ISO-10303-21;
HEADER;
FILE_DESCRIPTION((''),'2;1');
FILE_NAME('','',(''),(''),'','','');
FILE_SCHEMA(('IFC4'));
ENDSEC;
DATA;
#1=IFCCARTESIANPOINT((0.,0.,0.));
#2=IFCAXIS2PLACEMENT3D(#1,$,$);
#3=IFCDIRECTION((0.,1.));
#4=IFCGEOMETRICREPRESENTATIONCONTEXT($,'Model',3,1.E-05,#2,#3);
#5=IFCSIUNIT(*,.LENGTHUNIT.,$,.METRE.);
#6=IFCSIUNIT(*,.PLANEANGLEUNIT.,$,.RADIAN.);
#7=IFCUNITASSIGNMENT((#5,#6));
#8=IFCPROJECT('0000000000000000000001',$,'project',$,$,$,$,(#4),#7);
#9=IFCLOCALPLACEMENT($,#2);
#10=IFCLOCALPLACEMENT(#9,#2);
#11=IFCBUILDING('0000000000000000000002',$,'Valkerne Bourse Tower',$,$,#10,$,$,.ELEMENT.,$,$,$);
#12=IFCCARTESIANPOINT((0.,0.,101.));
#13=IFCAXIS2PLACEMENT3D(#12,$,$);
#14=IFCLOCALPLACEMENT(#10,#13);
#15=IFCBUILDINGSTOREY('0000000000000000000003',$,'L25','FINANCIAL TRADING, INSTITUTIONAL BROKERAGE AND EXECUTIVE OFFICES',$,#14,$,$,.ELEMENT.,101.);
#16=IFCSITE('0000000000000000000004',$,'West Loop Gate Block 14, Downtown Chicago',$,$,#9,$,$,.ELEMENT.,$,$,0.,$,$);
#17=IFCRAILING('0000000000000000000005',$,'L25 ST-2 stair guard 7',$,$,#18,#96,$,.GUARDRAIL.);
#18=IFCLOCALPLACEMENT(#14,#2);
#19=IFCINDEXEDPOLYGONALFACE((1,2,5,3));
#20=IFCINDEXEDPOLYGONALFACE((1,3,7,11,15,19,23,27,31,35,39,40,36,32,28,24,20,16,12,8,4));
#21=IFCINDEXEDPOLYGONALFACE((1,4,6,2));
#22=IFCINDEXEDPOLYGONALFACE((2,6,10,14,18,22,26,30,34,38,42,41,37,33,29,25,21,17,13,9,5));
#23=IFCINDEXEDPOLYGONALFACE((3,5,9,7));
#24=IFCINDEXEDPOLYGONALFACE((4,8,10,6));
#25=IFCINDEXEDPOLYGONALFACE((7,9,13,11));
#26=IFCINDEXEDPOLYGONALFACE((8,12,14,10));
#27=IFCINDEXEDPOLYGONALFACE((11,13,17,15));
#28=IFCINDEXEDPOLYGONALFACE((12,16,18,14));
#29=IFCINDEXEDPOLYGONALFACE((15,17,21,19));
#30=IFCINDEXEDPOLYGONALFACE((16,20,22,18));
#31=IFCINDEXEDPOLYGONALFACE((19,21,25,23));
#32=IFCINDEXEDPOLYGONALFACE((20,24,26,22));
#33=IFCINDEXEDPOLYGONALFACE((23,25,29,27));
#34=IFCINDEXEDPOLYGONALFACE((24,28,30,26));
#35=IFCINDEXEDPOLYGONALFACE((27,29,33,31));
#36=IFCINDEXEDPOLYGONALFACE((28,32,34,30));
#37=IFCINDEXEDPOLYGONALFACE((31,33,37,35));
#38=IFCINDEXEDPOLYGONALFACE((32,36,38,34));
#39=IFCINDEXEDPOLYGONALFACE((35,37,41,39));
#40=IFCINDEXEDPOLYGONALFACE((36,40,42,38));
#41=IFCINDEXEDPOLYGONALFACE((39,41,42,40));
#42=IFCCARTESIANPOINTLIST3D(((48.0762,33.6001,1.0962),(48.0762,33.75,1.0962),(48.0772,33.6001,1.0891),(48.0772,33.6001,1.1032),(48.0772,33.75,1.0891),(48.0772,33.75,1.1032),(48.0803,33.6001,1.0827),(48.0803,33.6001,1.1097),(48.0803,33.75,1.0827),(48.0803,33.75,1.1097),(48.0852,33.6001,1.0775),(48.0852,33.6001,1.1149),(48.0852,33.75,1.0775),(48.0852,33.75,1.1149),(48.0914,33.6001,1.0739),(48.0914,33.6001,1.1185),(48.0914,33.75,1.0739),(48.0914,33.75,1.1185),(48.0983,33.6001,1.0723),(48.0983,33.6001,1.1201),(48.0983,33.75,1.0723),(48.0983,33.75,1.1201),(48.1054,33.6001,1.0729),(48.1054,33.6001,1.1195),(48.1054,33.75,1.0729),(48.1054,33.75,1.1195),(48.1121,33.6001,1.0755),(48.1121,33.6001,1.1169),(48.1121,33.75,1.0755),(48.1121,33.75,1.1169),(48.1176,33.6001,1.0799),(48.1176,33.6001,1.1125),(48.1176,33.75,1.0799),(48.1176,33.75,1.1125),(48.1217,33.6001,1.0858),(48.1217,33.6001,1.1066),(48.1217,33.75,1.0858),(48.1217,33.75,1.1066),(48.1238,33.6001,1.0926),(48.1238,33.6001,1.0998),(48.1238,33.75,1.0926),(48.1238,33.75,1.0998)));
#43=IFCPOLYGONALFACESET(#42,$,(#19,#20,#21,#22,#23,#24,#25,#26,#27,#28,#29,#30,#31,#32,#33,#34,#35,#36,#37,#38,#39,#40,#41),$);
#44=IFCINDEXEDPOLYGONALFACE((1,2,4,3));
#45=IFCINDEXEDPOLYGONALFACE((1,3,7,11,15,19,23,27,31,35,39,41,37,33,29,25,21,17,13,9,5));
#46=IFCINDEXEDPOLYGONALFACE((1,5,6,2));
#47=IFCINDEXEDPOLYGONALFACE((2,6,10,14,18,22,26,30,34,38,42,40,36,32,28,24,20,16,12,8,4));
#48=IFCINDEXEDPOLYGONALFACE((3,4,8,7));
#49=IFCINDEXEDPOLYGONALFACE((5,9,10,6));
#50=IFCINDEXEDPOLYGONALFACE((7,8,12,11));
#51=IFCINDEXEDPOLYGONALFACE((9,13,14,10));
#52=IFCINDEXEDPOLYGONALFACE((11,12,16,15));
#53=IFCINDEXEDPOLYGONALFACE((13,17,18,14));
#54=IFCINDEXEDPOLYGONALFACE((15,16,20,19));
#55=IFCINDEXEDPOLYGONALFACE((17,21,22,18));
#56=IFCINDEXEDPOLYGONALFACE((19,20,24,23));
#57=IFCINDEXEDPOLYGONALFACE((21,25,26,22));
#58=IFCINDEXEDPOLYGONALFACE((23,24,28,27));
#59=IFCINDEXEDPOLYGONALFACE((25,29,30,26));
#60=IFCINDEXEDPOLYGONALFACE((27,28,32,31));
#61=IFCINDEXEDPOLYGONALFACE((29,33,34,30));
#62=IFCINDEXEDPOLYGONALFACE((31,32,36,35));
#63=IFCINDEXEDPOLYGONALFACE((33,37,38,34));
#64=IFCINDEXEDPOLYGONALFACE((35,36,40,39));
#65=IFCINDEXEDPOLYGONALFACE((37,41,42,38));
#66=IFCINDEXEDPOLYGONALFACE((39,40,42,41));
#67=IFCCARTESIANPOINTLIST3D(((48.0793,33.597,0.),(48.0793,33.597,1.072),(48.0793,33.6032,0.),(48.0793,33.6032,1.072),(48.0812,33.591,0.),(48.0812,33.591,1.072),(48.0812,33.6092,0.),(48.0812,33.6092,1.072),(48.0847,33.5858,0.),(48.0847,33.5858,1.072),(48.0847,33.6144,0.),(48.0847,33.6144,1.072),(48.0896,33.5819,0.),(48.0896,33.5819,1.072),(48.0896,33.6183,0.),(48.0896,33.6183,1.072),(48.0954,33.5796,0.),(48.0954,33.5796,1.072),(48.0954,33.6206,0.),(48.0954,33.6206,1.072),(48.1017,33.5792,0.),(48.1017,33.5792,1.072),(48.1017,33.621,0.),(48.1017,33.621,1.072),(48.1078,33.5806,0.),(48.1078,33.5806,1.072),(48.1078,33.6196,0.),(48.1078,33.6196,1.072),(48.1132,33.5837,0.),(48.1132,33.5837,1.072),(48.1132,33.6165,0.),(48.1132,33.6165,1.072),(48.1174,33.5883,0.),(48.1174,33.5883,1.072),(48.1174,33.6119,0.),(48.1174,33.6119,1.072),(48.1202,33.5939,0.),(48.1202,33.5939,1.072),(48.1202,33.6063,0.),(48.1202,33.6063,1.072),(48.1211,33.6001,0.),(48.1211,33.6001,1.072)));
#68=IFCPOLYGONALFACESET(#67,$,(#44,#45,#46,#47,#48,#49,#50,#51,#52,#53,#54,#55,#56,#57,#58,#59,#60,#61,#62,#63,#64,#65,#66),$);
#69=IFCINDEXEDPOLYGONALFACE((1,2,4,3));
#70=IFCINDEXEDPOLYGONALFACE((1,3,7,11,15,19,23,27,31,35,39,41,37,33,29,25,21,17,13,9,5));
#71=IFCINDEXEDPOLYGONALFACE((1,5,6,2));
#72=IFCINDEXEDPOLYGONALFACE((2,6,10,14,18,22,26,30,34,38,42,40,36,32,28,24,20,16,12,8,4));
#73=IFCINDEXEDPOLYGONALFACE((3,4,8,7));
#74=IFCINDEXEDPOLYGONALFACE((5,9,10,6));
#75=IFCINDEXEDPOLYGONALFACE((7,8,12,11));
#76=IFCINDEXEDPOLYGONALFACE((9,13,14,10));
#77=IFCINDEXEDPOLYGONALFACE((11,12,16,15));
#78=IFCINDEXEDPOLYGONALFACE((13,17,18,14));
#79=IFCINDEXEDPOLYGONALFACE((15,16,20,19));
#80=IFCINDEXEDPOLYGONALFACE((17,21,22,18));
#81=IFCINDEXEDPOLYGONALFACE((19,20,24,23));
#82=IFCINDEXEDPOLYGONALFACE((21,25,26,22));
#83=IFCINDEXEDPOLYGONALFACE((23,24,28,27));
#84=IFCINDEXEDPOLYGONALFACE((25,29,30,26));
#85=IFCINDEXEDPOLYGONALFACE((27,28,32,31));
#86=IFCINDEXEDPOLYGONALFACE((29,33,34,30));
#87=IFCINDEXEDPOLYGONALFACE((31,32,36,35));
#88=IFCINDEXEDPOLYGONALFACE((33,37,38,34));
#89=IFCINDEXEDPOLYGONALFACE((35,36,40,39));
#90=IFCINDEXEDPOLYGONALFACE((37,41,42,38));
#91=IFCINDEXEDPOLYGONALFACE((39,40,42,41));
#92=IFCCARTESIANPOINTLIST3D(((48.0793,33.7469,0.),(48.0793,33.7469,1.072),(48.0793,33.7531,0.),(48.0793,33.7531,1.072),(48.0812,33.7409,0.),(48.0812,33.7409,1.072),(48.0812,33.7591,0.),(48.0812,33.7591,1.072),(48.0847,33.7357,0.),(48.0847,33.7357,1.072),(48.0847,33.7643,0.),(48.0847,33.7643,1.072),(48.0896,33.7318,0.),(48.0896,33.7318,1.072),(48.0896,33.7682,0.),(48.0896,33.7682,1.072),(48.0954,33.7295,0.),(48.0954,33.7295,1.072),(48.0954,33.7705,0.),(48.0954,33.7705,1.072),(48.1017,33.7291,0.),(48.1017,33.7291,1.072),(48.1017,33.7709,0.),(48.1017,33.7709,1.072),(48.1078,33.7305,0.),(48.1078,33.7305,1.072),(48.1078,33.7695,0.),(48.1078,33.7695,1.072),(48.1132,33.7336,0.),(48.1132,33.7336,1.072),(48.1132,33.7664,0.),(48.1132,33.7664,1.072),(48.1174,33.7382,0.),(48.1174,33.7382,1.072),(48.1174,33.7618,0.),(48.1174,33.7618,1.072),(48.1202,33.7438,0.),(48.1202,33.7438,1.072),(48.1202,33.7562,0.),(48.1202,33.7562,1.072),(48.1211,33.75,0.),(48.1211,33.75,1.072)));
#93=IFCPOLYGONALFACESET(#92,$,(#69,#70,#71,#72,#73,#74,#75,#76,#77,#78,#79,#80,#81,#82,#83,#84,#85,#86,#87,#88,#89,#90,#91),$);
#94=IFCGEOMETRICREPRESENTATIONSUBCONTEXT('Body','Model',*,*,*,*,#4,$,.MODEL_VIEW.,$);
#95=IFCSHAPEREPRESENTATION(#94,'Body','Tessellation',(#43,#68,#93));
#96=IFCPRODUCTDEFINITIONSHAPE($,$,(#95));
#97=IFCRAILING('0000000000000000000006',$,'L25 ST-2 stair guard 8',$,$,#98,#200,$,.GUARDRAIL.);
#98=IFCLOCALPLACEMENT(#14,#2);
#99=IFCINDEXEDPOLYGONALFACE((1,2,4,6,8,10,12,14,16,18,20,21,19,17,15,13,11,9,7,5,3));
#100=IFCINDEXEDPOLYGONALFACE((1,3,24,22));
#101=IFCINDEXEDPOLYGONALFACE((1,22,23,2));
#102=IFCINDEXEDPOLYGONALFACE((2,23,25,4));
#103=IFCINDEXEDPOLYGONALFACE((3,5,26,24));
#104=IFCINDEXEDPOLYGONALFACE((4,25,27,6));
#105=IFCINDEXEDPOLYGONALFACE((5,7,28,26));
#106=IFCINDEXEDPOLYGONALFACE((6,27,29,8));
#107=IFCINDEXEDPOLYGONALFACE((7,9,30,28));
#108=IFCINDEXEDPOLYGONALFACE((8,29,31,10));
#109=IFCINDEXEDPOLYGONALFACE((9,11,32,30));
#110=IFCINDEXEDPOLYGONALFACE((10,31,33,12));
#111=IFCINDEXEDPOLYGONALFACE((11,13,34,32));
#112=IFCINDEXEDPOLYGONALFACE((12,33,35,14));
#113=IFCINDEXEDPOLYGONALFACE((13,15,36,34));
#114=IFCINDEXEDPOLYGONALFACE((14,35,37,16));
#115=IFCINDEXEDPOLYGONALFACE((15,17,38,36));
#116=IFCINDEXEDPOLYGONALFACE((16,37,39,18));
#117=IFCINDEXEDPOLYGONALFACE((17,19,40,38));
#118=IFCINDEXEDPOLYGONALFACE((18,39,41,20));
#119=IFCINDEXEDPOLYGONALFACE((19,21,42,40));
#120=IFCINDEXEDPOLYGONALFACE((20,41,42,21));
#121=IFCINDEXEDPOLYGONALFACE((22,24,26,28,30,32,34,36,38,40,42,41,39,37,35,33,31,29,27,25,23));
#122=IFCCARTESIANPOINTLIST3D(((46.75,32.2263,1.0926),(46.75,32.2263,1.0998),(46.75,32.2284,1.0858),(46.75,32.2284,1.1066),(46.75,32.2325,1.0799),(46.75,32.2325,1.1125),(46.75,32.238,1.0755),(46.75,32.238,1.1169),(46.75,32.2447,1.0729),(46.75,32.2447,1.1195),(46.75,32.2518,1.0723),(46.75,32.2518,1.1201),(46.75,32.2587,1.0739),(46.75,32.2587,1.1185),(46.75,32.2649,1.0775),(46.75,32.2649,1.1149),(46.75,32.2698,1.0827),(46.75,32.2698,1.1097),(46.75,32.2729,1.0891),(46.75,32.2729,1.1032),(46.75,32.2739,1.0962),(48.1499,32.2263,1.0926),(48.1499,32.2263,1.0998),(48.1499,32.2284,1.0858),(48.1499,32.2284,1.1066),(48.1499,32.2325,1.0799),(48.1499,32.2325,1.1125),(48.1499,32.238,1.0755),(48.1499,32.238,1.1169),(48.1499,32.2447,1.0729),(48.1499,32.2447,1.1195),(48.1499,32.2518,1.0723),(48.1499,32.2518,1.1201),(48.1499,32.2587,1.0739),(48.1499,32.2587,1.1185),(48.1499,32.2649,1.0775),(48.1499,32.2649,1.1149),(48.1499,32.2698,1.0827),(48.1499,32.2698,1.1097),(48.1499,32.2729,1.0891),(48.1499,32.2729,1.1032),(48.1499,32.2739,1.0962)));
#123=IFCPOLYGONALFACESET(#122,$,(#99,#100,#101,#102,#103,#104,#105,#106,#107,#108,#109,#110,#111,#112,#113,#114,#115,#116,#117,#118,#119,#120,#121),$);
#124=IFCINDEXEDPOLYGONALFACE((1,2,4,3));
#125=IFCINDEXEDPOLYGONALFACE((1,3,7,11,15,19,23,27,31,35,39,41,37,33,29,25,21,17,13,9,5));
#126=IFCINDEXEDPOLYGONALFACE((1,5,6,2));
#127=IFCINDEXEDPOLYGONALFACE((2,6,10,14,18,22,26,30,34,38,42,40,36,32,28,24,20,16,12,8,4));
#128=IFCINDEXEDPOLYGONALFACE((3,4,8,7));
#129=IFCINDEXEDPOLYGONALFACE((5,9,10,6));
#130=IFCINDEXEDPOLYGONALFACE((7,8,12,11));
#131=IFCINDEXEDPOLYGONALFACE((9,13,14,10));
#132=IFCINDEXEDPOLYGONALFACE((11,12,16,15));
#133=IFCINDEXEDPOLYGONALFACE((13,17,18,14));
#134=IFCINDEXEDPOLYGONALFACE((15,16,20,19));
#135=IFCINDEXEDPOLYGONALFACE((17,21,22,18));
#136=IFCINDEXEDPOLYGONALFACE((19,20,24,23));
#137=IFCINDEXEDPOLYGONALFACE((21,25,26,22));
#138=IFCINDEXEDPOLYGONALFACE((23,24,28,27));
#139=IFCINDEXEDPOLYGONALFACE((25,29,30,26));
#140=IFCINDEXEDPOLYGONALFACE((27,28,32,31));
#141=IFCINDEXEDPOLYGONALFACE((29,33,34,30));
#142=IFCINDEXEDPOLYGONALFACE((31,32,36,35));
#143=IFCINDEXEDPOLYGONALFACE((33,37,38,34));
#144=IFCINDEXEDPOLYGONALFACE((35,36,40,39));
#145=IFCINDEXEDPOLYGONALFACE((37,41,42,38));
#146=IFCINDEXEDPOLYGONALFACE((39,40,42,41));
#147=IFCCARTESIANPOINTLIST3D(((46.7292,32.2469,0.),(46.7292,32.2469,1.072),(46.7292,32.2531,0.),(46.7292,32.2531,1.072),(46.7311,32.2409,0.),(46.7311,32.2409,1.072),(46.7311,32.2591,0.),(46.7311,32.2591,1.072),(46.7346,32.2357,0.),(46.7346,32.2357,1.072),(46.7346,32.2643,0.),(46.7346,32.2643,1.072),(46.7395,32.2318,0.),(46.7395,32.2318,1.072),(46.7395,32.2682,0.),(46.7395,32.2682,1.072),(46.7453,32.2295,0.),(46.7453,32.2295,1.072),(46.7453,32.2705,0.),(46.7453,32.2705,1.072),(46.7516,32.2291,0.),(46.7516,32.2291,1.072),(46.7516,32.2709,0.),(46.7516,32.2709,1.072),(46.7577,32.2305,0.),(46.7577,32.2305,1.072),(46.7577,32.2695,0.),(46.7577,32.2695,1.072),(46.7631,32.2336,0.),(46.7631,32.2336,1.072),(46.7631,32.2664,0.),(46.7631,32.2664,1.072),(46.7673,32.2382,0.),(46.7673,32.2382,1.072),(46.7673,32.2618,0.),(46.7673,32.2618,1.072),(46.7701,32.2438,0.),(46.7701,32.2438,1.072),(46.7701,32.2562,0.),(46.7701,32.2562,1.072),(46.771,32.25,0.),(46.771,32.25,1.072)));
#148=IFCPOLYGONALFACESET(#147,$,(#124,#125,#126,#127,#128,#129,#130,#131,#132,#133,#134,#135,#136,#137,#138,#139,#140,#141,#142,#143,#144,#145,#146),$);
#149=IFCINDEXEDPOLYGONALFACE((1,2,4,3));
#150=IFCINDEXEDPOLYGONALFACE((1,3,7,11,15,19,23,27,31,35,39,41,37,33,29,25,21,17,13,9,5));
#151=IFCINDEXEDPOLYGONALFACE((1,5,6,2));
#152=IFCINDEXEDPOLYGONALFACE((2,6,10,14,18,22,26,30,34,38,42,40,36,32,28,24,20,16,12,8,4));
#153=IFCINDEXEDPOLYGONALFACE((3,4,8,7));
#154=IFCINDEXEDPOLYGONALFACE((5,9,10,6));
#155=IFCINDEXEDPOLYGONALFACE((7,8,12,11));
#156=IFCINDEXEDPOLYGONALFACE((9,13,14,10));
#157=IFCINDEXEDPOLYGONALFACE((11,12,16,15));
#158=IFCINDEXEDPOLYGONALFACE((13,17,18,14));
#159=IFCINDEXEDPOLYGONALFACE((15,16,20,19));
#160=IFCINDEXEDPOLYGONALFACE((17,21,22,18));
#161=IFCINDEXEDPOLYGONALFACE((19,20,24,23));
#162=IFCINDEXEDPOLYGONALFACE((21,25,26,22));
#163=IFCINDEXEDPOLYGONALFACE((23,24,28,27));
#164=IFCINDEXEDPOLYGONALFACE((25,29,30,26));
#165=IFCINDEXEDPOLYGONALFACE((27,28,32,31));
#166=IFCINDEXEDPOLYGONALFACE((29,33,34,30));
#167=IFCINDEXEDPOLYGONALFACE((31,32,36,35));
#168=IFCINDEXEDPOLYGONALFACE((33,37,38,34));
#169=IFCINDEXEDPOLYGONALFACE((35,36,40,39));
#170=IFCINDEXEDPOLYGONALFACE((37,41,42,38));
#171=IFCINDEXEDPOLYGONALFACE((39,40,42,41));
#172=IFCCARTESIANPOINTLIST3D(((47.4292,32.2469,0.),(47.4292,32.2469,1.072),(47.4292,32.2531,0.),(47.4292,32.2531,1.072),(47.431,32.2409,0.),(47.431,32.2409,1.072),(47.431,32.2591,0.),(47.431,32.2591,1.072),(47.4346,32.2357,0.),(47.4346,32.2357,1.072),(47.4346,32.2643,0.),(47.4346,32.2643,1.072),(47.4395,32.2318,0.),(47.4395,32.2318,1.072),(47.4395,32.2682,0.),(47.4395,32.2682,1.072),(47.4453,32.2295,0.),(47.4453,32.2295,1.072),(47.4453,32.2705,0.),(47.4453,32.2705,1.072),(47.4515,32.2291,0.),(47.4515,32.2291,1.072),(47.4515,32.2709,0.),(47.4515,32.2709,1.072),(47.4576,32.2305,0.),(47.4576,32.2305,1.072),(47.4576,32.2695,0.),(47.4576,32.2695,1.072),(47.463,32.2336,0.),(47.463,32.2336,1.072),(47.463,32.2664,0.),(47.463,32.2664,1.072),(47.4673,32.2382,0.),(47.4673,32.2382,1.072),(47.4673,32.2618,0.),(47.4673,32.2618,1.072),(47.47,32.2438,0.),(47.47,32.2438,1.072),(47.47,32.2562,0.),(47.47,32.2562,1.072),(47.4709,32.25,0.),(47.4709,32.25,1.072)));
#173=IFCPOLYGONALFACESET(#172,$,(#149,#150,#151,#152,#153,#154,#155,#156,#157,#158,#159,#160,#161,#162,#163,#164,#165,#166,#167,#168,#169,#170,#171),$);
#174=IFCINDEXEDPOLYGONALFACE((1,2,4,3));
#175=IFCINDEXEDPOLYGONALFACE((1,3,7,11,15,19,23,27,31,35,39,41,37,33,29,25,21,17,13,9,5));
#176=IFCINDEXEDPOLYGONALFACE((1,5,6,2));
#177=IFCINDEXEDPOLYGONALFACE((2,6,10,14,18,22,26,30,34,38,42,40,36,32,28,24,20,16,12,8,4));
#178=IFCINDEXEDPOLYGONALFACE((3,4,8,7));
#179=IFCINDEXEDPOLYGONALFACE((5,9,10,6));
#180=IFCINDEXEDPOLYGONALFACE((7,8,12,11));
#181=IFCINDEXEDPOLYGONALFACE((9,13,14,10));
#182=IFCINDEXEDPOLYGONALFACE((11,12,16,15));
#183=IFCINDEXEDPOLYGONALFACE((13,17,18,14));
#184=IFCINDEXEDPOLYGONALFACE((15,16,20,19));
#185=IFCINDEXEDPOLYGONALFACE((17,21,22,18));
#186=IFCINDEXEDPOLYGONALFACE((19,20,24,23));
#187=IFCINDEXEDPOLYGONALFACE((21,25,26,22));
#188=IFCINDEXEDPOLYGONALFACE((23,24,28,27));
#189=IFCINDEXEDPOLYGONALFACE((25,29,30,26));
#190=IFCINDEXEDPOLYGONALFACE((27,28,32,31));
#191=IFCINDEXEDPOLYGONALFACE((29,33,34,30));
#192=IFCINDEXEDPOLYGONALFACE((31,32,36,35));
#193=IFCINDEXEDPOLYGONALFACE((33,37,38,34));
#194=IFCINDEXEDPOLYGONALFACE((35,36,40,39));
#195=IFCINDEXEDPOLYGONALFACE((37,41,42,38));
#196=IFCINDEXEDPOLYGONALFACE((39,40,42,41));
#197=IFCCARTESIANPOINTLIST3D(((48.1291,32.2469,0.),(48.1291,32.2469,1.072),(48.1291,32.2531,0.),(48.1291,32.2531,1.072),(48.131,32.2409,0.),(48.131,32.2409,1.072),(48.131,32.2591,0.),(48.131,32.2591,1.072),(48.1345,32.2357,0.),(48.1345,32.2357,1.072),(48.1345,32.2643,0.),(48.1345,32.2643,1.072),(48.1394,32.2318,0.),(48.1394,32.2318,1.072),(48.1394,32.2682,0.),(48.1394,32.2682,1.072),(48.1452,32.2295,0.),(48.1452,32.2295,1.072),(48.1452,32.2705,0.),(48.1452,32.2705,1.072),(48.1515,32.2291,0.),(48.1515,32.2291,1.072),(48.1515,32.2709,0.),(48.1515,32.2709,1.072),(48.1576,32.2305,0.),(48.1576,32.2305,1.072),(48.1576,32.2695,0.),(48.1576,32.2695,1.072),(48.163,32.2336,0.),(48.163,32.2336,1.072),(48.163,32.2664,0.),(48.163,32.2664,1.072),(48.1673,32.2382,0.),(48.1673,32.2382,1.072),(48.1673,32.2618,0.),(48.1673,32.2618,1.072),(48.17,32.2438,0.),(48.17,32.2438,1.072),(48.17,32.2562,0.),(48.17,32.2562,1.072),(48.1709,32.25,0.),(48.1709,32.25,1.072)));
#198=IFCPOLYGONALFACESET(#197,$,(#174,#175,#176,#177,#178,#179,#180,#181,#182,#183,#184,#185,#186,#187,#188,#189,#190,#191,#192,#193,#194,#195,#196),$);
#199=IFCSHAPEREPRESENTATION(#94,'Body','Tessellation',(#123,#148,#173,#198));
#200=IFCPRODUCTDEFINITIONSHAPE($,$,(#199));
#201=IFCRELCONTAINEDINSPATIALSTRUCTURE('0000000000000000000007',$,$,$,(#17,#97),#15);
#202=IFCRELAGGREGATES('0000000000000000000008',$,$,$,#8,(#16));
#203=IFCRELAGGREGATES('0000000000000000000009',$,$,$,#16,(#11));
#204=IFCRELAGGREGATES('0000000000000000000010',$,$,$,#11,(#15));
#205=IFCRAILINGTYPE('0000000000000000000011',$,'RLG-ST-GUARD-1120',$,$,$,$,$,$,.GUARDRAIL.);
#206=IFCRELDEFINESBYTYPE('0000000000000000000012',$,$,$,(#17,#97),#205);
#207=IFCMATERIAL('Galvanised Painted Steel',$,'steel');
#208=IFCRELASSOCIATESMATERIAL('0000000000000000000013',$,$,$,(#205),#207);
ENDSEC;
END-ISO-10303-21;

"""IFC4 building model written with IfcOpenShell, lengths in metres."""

from ifc_helpers import new_model, si_unit, direction, frame, origin, origin_2d, place, context, subcontext, project, spatial, circle, extrude, material, type_object, element, save


model = new_model("IFC4")

# Units and contexts
model_context = context("Model", 3, precision=1e-05, world=origin(), true_north=direction((0.0, 1.0)))
body_context = subcontext(model_context, "Body", "Model", "MODEL_VIEW")
ifc_project = project(units=[si_unit("LENGTHUNIT", "METRE"), si_unit("PLANEANGLEUNIT", "RADIAN")], contexts=[model_context])

# Site, building, storey
site_placement = place(None, origin())
site = spatial("IfcSite", under=ifc_project, at=site_placement, Name="West Loop Gate Block 14, Downtown Chicago", CompositionType="ELEMENT", RefElevation=0.0)
building_placement = place(site_placement, origin())
building = spatial("IfcBuilding", under=site, at=building_placement, Name="Valkerne Bourse Tower", CompositionType="ELEMENT")
storey_placement = place(building_placement, frame((0.0, 0.0, 101.0)))
storey = spatial("IfcBuildingStorey", under=building, at=storey_placement, Name="L25", Description="FINANCIAL TRADING, INSTITUTIONAL BROKERAGE AND EXECUTIVE OFFICES", CompositionType="ELEMENT", Elevation=101.0)

# Shared definitions
ifc_material_1 = material(Name="Galvanised Painted Steel", Category="steel")

# Railings
railing_type_1 = type_object("IfcRailingType", Name="RLG-ST-GUARD-1120", PredefinedType="GUARDRAIL", material=ifc_material_1)
railing_1_placement = place(storey_placement, frame((48.1001, 33.6001, 0.0)))
element("IfcRailing", 1, at=railing_1_placement, inside=storey, type_object=railing_type_1, Name="L25 ST-2 stair guard 7", PredefinedType="GUARDRAIL", context=body_context, shape_type="SweptSolid", body=[
    extrude(circle(Radius=0.0239, at=origin_2d()), frame((0.0, 0.0, 1.0962), z_axis=(0.0, 1.0, 0.0), x_axis=(-1.0, 0.0, 0.0)), (0.0, 0.0, 1.0), 0.1499),
    extrude(circle(Radius=0.021, at=origin_2d()), origin(), (0.0, 0.0, 1.0), 1.072),
    extrude(circle(Radius=0.021, at=origin_2d()), frame((0.0, 0.1499, 0.0)), (0.0, 0.0, 1.0), 1.072),
])
for number, where, name in (
    (2, (46.75, 32.25, 0.0), "L25 ST-2 stair guard 8"),
):
    element("IfcRailing", number, at=place(storey_placement, frame(where)), inside=storey, type_object=railing_type_1, Name=name, PredefinedType="GUARDRAIL", context=body_context, shape_type="SweptSolid", body=[
        extrude(circle(Radius=0.0239, at=origin_2d()), frame((0.0, 0.0, 1.0962), z_axis=(1.0, 0.0, 0.0), x_axis=(0.0, 1.0, 0.0)), (0.0, 0.0, 1.0), 1.3999),
        extrude(circle(Radius=0.021, at=origin_2d()), origin(), (0.0, 0.0, 1.0), 1.072),
        extrude(circle(Radius=0.021, at=origin_2d()), frame((0.7, 0.0, 0.0)), (0.0, 0.0, 1.0), 1.072),
        extrude(circle(Radius=0.021, at=origin_2d()), frame((1.3999, 0.0, 0.0)), (0.0, 0.0, 1.0), 1.072),
    ])

save(model, "model.ifc")
